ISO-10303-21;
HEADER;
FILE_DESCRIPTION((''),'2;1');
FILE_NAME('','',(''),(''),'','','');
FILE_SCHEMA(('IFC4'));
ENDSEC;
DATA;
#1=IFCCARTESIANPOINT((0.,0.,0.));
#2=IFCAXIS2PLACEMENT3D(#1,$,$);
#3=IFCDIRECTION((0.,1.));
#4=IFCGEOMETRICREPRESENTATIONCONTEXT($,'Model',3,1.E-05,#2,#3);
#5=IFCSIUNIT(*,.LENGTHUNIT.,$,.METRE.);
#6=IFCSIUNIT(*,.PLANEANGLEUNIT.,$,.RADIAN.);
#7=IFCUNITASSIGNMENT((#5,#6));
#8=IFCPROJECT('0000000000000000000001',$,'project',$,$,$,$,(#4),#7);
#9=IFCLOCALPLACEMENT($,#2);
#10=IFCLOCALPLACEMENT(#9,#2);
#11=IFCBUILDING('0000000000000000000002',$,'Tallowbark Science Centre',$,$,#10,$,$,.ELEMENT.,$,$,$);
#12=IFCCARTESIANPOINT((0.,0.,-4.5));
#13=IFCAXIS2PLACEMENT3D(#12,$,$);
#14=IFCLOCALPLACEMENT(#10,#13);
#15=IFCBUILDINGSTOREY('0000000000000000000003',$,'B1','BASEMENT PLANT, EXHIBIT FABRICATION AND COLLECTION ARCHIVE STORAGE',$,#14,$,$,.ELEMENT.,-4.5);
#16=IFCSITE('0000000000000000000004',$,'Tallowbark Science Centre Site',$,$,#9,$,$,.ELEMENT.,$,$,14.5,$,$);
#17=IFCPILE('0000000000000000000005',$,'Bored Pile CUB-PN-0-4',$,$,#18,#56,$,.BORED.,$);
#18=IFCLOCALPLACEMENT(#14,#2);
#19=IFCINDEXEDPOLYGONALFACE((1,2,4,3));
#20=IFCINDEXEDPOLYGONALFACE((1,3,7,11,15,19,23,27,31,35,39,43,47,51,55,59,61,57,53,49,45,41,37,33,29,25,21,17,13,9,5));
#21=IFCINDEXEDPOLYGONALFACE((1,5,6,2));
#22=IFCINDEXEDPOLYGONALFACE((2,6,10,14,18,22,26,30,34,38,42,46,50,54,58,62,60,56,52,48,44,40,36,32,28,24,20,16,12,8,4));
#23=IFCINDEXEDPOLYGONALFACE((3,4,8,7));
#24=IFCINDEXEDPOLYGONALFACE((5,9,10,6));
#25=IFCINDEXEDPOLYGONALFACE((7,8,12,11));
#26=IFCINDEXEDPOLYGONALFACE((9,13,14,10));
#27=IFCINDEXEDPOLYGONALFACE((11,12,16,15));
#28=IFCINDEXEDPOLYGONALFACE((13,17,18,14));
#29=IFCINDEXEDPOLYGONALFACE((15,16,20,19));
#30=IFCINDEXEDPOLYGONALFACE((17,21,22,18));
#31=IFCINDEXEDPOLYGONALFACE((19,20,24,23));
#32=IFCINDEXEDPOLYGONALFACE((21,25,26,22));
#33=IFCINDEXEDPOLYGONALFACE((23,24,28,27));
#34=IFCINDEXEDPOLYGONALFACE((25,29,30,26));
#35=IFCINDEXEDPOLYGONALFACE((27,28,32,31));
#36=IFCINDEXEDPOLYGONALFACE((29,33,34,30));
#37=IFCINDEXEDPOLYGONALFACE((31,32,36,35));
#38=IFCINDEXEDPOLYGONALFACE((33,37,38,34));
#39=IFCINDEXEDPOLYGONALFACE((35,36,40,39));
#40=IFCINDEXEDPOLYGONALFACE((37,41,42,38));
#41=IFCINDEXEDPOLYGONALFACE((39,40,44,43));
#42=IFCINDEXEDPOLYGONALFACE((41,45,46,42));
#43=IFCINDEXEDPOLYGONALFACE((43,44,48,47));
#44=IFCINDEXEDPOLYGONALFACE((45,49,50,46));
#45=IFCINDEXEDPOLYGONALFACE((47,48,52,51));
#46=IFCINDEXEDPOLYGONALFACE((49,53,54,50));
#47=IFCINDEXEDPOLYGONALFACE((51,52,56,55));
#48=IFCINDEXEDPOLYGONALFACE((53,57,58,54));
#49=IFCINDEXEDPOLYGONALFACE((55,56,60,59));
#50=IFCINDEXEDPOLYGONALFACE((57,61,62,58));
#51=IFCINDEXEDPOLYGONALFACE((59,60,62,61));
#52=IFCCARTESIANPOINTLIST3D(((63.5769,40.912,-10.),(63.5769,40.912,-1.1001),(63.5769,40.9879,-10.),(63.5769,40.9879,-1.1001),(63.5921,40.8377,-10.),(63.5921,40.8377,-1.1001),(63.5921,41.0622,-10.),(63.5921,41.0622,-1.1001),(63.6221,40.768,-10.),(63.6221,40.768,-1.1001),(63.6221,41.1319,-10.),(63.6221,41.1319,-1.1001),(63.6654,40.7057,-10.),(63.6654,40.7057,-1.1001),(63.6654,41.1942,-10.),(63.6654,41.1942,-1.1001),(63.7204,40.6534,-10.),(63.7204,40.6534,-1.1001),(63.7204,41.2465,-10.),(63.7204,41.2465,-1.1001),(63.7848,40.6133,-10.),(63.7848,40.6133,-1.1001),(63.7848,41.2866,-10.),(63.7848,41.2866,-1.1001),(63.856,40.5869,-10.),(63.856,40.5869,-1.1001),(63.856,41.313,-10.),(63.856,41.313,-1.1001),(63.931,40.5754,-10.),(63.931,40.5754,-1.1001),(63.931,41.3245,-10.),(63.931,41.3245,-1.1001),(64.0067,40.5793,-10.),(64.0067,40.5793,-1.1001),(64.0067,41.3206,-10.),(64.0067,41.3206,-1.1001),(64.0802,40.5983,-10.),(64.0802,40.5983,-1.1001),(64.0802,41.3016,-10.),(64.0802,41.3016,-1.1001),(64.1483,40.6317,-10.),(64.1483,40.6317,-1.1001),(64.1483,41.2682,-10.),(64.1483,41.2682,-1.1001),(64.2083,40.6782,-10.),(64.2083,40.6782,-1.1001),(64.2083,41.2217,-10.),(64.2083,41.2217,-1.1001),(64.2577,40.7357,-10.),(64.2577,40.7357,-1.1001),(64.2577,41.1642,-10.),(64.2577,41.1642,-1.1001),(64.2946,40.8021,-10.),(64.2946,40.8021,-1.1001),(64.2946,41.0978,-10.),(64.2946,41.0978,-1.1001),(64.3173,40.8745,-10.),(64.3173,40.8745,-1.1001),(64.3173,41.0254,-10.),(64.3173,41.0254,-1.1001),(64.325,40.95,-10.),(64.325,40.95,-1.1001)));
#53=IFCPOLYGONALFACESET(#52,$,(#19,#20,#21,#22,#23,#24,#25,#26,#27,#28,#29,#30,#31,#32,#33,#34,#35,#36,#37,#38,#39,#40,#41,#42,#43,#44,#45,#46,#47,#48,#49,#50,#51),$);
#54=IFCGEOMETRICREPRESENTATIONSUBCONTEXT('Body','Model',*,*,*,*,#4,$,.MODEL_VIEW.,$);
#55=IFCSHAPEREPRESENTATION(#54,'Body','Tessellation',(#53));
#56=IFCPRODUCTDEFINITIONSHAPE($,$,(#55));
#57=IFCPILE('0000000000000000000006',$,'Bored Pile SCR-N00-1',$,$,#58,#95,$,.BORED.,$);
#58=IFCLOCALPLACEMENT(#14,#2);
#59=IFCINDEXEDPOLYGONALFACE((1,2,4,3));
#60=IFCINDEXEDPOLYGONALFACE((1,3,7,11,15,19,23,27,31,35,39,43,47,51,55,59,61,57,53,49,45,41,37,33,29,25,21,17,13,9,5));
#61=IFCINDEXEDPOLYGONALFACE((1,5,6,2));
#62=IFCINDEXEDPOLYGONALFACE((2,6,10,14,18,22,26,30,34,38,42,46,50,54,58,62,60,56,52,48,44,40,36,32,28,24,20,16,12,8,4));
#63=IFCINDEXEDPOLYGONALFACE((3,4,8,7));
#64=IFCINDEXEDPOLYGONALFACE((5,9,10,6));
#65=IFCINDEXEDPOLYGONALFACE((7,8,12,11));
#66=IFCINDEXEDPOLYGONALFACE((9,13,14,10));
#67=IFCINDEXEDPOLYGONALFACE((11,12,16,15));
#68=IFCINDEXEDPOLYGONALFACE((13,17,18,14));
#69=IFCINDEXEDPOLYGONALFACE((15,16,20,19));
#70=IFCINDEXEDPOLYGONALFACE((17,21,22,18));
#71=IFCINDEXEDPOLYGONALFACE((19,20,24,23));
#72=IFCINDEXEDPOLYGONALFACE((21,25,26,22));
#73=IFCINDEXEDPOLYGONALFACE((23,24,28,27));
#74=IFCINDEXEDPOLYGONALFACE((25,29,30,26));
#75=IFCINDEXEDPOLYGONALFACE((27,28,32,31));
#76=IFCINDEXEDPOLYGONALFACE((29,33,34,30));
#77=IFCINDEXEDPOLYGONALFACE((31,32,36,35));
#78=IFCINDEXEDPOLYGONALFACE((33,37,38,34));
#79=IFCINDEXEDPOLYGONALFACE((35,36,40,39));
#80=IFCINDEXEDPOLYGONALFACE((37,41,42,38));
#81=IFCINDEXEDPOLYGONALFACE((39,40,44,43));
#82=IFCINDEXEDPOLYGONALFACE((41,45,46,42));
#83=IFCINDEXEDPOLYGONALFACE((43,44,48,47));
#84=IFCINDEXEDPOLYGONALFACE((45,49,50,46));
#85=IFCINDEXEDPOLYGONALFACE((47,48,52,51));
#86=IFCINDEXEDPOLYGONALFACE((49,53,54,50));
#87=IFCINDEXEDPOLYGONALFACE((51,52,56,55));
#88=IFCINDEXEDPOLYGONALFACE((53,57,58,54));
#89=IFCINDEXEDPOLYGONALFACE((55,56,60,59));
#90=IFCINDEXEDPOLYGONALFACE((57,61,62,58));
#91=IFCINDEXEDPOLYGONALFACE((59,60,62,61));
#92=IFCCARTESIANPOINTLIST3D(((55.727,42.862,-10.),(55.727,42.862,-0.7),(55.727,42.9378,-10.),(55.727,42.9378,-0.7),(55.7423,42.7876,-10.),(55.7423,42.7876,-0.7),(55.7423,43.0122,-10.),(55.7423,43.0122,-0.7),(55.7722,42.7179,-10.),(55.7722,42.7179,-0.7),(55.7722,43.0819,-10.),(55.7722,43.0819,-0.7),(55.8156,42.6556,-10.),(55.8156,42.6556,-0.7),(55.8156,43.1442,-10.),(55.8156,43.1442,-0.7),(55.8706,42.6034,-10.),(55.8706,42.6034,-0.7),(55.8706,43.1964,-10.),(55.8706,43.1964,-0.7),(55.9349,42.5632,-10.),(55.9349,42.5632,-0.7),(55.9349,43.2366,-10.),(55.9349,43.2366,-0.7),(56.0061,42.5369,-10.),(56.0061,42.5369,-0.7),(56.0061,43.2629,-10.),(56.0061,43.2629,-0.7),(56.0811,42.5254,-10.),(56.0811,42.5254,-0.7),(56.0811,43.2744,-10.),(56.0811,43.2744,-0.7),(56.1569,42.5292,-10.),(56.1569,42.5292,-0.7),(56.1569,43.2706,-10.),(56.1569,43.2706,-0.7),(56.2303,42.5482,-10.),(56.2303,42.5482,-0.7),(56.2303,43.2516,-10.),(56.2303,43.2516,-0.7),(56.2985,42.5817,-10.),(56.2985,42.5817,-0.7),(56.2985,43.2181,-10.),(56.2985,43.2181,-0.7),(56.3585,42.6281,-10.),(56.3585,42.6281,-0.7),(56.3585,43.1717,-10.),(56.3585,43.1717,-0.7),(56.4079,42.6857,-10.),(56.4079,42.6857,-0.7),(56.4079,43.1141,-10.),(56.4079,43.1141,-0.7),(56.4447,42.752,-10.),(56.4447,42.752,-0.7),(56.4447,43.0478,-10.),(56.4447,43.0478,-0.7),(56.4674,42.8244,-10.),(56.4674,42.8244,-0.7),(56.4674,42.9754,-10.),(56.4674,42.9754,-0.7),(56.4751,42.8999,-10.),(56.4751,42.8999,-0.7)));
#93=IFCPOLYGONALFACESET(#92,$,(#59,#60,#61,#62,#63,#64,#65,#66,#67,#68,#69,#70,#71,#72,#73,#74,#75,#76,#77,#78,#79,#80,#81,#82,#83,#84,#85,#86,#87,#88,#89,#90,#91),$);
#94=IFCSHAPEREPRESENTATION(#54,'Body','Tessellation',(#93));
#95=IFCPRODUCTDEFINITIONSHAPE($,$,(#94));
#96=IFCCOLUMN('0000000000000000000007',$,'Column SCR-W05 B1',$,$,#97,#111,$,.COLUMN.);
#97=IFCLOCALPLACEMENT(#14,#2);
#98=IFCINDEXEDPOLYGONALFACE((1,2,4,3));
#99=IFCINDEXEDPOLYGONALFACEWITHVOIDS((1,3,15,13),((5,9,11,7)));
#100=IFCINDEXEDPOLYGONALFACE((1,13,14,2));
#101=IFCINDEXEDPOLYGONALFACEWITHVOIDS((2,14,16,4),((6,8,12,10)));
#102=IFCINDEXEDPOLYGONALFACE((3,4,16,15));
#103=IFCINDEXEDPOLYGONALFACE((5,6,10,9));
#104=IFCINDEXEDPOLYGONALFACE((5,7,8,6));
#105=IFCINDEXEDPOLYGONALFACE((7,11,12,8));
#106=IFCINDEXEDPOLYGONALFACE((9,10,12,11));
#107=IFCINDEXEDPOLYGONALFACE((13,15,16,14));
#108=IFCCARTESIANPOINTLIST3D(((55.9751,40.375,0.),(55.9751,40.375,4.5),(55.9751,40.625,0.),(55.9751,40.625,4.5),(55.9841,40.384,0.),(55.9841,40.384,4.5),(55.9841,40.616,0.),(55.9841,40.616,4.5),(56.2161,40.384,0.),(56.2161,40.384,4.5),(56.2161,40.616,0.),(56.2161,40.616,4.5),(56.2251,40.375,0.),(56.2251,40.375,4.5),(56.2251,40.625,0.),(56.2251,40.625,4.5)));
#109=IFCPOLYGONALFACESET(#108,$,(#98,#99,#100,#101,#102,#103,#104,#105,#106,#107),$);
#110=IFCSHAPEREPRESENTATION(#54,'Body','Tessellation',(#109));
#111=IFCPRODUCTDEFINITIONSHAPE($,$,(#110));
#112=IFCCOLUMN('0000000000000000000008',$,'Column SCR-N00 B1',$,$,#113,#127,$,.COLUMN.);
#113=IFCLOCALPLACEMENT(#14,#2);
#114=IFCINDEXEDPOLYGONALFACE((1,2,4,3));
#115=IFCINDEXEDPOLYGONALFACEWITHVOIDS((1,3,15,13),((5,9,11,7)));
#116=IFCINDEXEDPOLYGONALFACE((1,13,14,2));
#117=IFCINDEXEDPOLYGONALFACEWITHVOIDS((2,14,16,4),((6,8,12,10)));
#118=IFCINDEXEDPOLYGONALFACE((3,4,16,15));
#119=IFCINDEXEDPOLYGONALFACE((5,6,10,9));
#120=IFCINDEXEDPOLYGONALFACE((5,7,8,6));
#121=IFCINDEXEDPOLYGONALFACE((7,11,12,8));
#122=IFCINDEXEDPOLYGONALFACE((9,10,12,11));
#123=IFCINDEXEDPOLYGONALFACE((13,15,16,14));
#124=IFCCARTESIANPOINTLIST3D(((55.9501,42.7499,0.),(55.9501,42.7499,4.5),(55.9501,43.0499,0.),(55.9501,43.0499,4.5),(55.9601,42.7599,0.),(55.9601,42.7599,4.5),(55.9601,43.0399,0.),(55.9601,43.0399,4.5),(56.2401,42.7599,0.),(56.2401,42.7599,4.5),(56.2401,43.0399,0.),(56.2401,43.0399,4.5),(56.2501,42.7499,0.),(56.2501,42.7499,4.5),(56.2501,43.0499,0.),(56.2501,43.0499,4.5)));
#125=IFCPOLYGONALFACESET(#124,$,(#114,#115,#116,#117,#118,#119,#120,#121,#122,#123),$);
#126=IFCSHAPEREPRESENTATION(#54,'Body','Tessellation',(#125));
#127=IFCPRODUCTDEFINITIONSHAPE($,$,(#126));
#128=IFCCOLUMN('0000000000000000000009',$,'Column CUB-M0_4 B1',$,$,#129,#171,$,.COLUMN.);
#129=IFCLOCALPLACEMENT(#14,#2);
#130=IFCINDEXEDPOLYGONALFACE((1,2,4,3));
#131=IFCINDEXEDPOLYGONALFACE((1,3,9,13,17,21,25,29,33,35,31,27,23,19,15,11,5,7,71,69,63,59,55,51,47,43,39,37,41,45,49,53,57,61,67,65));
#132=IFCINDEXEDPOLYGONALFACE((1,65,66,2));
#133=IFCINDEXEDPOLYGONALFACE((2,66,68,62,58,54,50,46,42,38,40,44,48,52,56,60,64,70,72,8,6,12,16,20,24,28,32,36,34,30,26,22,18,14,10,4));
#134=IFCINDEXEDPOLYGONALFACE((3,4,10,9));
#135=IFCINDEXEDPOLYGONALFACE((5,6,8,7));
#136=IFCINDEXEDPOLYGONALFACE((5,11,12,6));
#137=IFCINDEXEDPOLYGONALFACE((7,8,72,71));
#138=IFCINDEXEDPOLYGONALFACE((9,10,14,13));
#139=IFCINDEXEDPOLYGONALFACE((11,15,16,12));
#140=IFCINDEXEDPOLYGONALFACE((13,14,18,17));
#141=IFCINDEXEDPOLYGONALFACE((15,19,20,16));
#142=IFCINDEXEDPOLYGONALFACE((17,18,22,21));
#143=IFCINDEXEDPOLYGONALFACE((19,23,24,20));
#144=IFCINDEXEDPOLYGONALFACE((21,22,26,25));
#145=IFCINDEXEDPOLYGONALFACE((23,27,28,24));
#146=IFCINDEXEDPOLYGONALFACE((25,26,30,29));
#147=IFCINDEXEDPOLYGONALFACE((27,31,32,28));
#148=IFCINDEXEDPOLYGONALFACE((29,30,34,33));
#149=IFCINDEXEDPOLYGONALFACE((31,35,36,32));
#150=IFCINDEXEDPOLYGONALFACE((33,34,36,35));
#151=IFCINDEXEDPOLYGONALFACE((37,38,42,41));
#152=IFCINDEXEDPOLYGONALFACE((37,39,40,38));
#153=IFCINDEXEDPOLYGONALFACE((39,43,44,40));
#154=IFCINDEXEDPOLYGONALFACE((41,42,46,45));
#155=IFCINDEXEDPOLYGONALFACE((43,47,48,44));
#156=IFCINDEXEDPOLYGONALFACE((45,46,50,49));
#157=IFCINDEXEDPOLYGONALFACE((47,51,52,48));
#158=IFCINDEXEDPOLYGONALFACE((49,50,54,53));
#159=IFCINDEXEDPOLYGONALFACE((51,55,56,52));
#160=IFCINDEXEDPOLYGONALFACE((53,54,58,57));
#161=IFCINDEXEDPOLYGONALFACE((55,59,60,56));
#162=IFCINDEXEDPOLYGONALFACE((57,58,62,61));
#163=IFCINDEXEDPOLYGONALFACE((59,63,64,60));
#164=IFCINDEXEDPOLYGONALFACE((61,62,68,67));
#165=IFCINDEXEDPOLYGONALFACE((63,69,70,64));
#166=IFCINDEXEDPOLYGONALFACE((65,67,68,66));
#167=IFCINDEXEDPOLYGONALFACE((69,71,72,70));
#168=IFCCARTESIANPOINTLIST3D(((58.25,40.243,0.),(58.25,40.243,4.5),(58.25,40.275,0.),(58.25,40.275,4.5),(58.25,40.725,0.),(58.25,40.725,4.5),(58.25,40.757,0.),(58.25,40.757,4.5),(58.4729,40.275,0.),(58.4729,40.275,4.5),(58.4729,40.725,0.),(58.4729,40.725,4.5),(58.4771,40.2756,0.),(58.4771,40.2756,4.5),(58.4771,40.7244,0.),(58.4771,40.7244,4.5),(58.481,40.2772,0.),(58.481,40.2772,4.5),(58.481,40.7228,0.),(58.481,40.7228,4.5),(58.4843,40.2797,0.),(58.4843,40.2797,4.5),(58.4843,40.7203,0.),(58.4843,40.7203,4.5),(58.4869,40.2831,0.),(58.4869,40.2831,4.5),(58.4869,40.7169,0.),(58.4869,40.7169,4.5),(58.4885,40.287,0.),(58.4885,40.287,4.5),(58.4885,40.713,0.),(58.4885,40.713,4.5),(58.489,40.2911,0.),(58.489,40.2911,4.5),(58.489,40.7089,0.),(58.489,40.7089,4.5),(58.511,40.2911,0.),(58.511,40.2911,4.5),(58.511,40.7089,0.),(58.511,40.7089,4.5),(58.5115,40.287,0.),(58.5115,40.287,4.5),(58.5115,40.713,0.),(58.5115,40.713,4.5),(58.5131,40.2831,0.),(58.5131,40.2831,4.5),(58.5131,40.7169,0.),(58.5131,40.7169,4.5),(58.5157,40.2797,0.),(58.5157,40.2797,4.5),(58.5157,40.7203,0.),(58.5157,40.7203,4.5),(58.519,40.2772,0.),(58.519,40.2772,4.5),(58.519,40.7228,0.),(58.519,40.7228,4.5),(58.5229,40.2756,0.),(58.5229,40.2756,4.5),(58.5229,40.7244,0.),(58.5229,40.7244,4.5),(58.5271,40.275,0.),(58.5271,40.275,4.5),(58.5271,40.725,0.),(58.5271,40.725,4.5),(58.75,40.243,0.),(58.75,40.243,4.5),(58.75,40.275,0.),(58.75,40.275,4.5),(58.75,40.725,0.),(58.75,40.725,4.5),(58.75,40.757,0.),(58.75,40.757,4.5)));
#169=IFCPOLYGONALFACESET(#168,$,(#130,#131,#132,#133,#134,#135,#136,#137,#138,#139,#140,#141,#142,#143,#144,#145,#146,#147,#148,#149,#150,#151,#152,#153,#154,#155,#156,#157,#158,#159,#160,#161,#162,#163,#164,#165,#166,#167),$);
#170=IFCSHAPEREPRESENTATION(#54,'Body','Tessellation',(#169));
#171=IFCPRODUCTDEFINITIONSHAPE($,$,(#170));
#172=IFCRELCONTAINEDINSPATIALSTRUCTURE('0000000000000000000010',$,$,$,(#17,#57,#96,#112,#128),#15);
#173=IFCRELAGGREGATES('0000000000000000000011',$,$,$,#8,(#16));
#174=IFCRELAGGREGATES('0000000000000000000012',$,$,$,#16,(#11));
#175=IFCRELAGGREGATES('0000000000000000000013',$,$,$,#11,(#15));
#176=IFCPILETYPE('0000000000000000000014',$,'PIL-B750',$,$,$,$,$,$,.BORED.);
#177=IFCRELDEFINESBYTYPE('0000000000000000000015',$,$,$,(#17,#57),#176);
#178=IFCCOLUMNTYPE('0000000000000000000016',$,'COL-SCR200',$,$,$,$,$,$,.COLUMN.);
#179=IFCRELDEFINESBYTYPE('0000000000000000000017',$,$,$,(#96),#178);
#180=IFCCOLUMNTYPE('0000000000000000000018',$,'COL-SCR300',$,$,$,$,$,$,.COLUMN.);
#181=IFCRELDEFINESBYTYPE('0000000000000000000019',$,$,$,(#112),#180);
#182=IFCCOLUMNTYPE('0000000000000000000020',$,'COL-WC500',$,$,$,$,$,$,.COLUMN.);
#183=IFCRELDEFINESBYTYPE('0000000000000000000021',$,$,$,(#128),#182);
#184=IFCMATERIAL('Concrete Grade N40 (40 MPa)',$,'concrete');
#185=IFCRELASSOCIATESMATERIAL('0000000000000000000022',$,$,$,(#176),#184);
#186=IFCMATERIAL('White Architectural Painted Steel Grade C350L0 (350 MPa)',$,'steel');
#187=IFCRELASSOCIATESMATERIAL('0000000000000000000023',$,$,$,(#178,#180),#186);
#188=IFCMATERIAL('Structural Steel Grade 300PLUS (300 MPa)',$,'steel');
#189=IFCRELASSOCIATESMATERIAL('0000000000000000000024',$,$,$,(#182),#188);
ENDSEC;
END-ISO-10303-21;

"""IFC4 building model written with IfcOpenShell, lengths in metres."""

from ifc_helpers import new_model, si_unit, direction, frame, origin, origin_2d, place, context, subcontext, project, spatial, hollow_rectangle, circle, i_section, extrude, material, material_profile, profile_set, type_object, element, save


model = new_model("IFC4")

# Units and contexts
model_context = context("Model", 3, precision=1e-05, world=origin(), true_north=direction((0.0, 1.0)))
body_context = subcontext(model_context, "Body", "Model", "MODEL_VIEW")
ifc_project = project(units=[si_unit("LENGTHUNIT", "METRE"), si_unit("PLANEANGLEUNIT", "RADIAN")], contexts=[model_context])

# Site, building, storey
site_placement = place(None, origin())
site = spatial("IfcSite", under=ifc_project, at=site_placement, Name="Tallowbark Science Centre Site", CompositionType="ELEMENT", RefElevation=14.5)
building_placement = place(site_placement, origin())
building = spatial("IfcBuilding", under=site, at=building_placement, Name="Tallowbark Science Centre", CompositionType="ELEMENT")
storey_placement = place(building_placement, frame((0.0, 0.0, -4.5)))
storey = spatial("IfcBuildingStorey", under=building, at=storey_placement, Name="B1", Description="BASEMENT PLANT, EXHIBIT FABRICATION AND COLLECTION ARCHIVE STORAGE", CompositionType="ELEMENT", Elevation=-4.5)

# Shared definitions
ifc_material_1 = material(Name="Concrete Grade N40 (40 MPa)", Category="concrete")

# Piles
ifc_material_profile_1 = material_profile(ifc_material_1, circle(Radius=0.375, at=origin_2d()), Name="PILE750")
ifc_profile_set_1 = profile_set([ifc_material_profile_1], Name="Concrete Grade N40 (40 MPa)")
pile_type = type_object("IfcPileType", Name="PIL-B750", PredefinedType="BORED", material=ifc_profile_set_1)
for number, where, z_axis, x_axis, name in (
    (1, (63.95, 40.95, -1.1001), (0.0, 0.0, -1.0), (1.0, 0.0, 0.0), "Bored Pile CUB-PN-0-4"),
):
    element("IfcPile", number, at=place(storey_placement, frame(where, z_axis=z_axis, x_axis=x_axis)), inside=storey, type_object=pile_type, Name=name, PredefinedType="BORED", context=body_context, shape_type="SweptSolid", body=[
        extrude(circle(Radius=0.375, at=origin_2d()), origin(), (0.0, 0.0, 1.0), 8.8999),
    ])
pile_placement = place(storey_placement, frame((56.1001, 42.8999, -0.7), z_axis=(0.0, 0.0, -1.0), x_axis=(1.0, 0.0, 0.0)))
element("IfcPile", 2, at=pile_placement, inside=storey, type_object=pile_type, Name="Bored Pile SCR-N00-1", PredefinedType="BORED", context=body_context, shape_type="SweptSolid", body=[
    extrude(circle(Radius=0.375, at=origin_2d()), origin(), (0.0, 0.0, 1.0), 9.3),
])

# Columns
ifc_material_2 = material(Name="White Architectural Painted Steel Grade C350L0 (350 MPa)", Category="steel")
ifc_material_profile_2 = material_profile(ifc_material_2, hollow_rectangle(XDim=0.25, YDim=0.25, WallThickness=0.009, at=origin_2d()), Name="250x250x9.0SHS")
ifc_profile_set_2 = profile_set([ifc_material_profile_2], Name="White Architectural Painted Steel Grade C350L0 (350 MPa)")
column_type_1 = type_object("IfcColumnType", Name="COL-SCR200", PredefinedType="COLUMN", material=ifc_profile_set_2)
column_1_placement = place(storey_placement, frame((56.1001, 40.5, 0.0), z_axis=(0.0, 0.0, 1.0), x_axis=(1.0, 0.0, 0.0)))
element("IfcColumn", 3, at=column_1_placement, inside=storey, type_object=column_type_1, Name="Column SCR-W05 B1", PredefinedType="COLUMN", context=body_context, shape_type="SweptSolid", body=[
    extrude(hollow_rectangle(XDim=0.25, YDim=0.25, WallThickness=0.009, at=origin_2d()), origin(), (0.0, 0.0, 1.0), 4.5),
])
ifc_material_profile_3 = material_profile(ifc_material_2, hollow_rectangle(XDim=0.3, YDim=0.3, WallThickness=0.01, at=origin_2d()), Name="300x300x10.0SHS")
ifc_profile_set_3 = profile_set([ifc_material_profile_3], Name="White Architectural Painted Steel Grade C350L0 (350 MPa)")
column_type_2 = type_object("IfcColumnType", Name="COL-SCR300", PredefinedType="COLUMN", material=ifc_profile_set_3)
column_2_placement = place(storey_placement, frame((56.1001, 42.8999, 0.0), z_axis=(0.0, 0.0, 1.0), x_axis=(1.0, 0.0, 0.0)))
element("IfcColumn", 4, at=column_2_placement, inside=storey, type_object=column_type_2, Name="Column SCR-N00 B1", PredefinedType="COLUMN", context=body_context, shape_type="SweptSolid", body=[
    extrude(hollow_rectangle(XDim=0.3, YDim=0.3, WallThickness=0.01, at=origin_2d()), origin(), (0.0, 0.0, 1.0), 4.5),
])
ifc_material_3 = material(Name="Structural Steel Grade 300PLUS (300 MPa)", Category="steel")
ifc_material_profile_4 = material_profile(ifc_material_3, i_section(OverallWidth=0.5, OverallDepth=0.5139, WebThickness=0.022, FlangeThickness=0.032, FilletRadius=0.0161, at=origin_2d()), Name="500WC340")
ifc_profile_set_4 = profile_set([ifc_material_profile_4], Name="Structural Steel Grade 300PLUS (300 MPa)")
column_type_3 = type_object("IfcColumnType", Name="COL-WC500", PredefinedType="COLUMN", material=ifc_profile_set_4)
for number, where, z_axis, x_axis, name in (
    (5, (58.5, 40.5, 0.0), (0.0, 0.0, 1.0), (1.0, 0.0, 0.0), "Column CUB-M0_4 B1"),
):
    element("IfcColumn", number, at=place(storey_placement, frame(where, z_axis=z_axis, x_axis=x_axis)), inside=storey, type_object=column_type_3, Name=name, PredefinedType="COLUMN", context=body_context, shape_type="SweptSolid", body=[
        extrude(i_section(OverallWidth=0.5, OverallDepth=0.5139, WebThickness=0.022, FlangeThickness=0.032, FilletRadius=0.0161, at=origin_2d()), origin(), (0.0, 0.0, 1.0), 4.5),
    ])

save(model, "model.ifc")
